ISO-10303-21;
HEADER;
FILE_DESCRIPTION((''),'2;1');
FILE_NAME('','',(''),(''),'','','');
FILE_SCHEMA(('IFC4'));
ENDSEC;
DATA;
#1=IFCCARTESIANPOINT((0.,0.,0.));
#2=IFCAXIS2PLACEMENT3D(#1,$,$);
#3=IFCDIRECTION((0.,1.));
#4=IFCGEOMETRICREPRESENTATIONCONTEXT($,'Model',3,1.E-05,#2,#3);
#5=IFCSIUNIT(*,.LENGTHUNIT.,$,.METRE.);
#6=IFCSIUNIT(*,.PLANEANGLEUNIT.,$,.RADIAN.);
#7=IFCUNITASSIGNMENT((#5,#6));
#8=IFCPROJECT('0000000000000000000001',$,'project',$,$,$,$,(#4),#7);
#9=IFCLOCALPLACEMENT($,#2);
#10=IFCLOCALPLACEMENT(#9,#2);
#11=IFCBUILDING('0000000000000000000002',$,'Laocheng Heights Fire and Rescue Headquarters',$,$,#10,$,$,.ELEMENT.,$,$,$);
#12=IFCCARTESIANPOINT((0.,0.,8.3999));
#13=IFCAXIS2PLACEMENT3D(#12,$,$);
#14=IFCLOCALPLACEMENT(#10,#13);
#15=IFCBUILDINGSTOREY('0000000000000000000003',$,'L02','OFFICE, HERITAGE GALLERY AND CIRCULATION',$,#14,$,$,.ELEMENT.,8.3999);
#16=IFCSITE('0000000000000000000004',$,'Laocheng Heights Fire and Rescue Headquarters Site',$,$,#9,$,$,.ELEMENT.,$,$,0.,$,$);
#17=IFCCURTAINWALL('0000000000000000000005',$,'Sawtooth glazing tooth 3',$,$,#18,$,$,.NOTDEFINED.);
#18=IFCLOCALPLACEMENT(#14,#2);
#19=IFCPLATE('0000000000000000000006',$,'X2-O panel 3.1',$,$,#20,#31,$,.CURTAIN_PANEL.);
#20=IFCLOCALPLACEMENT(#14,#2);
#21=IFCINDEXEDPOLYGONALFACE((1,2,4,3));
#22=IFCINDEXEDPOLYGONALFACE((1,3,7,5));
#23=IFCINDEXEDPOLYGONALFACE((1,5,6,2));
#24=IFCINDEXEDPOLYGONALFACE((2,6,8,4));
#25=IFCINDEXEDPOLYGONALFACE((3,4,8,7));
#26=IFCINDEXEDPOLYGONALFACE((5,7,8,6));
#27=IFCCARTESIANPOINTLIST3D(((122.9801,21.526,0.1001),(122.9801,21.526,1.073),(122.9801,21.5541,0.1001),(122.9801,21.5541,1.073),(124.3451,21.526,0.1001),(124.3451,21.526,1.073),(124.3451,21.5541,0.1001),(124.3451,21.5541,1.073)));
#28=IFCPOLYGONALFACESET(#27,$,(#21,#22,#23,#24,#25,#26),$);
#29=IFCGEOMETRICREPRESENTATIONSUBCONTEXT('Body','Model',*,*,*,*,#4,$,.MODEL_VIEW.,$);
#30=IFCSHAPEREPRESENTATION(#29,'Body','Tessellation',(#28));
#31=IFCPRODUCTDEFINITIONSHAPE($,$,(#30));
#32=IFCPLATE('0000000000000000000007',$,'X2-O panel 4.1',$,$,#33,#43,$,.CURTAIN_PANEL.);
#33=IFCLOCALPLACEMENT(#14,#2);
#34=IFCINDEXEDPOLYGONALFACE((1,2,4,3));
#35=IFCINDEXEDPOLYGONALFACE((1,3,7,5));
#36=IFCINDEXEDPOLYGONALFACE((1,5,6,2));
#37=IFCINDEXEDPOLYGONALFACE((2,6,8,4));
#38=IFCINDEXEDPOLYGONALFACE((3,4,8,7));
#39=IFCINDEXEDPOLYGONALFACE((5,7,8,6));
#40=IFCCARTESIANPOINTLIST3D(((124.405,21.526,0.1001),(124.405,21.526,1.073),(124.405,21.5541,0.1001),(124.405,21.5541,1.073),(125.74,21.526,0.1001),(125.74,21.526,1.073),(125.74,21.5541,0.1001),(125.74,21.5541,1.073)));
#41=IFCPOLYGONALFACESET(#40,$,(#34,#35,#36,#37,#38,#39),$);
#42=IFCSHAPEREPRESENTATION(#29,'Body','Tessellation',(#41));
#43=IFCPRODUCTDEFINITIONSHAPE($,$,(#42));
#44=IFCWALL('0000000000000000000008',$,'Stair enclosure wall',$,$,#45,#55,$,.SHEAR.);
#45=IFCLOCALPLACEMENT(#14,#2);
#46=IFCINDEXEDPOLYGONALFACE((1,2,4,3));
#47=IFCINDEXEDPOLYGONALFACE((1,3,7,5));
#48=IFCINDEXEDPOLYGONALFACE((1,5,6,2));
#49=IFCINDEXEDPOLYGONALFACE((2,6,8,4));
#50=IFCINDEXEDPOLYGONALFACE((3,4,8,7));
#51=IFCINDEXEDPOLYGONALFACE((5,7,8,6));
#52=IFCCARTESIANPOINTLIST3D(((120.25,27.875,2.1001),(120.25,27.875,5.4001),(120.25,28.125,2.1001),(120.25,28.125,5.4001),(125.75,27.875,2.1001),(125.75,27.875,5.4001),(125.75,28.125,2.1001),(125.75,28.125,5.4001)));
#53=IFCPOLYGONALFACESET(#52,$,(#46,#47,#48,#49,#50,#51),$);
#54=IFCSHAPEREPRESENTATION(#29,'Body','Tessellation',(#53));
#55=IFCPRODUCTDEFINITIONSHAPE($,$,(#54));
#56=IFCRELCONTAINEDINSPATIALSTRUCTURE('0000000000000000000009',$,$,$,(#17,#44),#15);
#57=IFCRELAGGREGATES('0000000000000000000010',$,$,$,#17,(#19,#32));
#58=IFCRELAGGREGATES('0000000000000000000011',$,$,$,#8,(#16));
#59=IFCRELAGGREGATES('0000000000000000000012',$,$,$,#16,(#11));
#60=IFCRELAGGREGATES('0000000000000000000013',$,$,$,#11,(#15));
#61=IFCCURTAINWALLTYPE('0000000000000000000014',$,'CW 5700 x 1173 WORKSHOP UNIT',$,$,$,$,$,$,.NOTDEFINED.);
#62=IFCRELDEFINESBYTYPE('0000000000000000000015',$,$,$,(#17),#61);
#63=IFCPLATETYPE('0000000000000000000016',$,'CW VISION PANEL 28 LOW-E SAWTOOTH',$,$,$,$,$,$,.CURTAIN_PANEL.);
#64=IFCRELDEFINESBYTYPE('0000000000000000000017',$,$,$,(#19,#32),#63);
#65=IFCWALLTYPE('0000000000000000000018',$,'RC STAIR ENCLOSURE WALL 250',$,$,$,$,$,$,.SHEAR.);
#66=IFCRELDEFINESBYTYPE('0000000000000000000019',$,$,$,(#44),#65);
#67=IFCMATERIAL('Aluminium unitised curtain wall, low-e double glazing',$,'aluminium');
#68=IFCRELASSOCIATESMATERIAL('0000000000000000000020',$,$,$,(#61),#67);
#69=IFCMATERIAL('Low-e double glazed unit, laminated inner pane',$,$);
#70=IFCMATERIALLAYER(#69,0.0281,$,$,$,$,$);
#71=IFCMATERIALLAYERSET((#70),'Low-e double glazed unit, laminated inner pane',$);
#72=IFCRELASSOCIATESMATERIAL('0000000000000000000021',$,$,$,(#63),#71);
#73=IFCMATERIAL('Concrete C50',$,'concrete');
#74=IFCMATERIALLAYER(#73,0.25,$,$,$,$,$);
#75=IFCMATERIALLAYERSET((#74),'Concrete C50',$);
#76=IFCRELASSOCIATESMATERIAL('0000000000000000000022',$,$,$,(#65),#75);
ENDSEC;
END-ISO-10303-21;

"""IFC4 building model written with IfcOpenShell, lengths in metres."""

from ifc_helpers import new_model, si_unit, direction, frame, frame_2d, origin, origin_2d, place, context, subcontext, project, spatial, rectangle, extrude, material, layer, layer_set, type_object, element, aggregate, save


model = new_model("IFC4")

# Units and contexts
model_context = context("Model", 3, precision=1e-05, world=origin(), true_north=direction((0.0, 1.0)))
body_context = subcontext(model_context, "Body", "Model", "MODEL_VIEW")
ifc_project = project(units=[si_unit("LENGTHUNIT", "METRE"), si_unit("PLANEANGLEUNIT", "RADIAN")], contexts=[model_context])

# Site, building, storey
site_placement = place(None, origin())
site = spatial("IfcSite", under=ifc_project, at=site_placement, Name="Laocheng Heights Fire and Rescue Headquarters Site", CompositionType="ELEMENT", RefElevation=0.0)
building_placement = place(site_placement, origin())
building = spatial("IfcBuilding", under=site, at=building_placement, Name="Laocheng Heights Fire and Rescue Headquarters", CompositionType="ELEMENT")
storey_placement = place(building_placement, frame((0.0, 0.0, 8.3999)))
storey = spatial("IfcBuildingStorey", under=building, at=storey_placement, Name="L02", Description="OFFICE, HERITAGE GALLERY AND CIRCULATION", CompositionType="ELEMENT", Elevation=8.3999)

# Curtain wall
ifc_material_1 = material(Name="Aluminium unitised curtain wall, low-e double glazing", Category="aluminium")
curtain_wall_type_1 = type_object("IfcCurtainWallType", Name="CW 5700 x 1173 WORKSHOP UNIT", PredefinedType="NOTDEFINED", material=ifc_material_1)
curtain_wall_1_placement = place(storey_placement, origin())
curtain_wall_1 = element("IfcCurtainWall", 1, at=curtain_wall_1_placement, inside=storey, type_object=curtain_wall_type_1, Name="Sawtooth glazing tooth 3", PredefinedType="NOTDEFINED")

# Plates
ifc_material_2 = material(Name="Low-e double glazed unit, laminated inner pane")
ifc_layer_1 = layer(ifc_material_2, 0.0281)
ifc_layer_set_1 = layer_set([ifc_layer_1], Name="Low-e double glazed unit, laminated inner pane")
plate_type = type_object("IfcPlateType", Name="CW VISION PANEL 28 LOW-E SAWTOOTH", PredefinedType="CURTAIN_PANEL", material=ifc_layer_set_1)
plate_1_placement = place(storey_placement, frame((123.6626, 21.54, 0.1001), z_axis=(0.0, 0.0, 1.0), x_axis=(1.0, 0.0, 0.0)))
plate_1 = element("IfcPlate", 2, at=plate_1_placement, type_object=plate_type, Name="X2-O panel 3.1", PredefinedType="CURTAIN_PANEL", context=body_context, shape_type="SweptSolid", body=[
    extrude(rectangle(XDim=1.365, YDim=0.0281, at=origin_2d()), origin(), (0.0, 0.0, 1.0), 0.9729),
])
plate_2_placement = place(storey_placement, frame((125.0725, 21.54, 0.1001), z_axis=(0.0, 0.0, 1.0), x_axis=(1.0, 0.0, 0.0)))
plate_2 = element("IfcPlate", 3, at=plate_2_placement, type_object=plate_type, Name="X2-O panel 4.1", PredefinedType="CURTAIN_PANEL", context=body_context, shape_type="SweptSolid", body=[
    extrude(rectangle(XDim=1.335, YDim=0.0281, at=origin_2d()), origin(), (0.0, 0.0, 1.0), 0.9729),
])
aggregate(curtain_wall_1, [plate_1, plate_2])

# Wall
ifc_material_3 = material(Name="Concrete C50", Category="concrete")
ifc_layer_2 = layer(ifc_material_3, 0.25)
ifc_layer_set_2 = layer_set([ifc_layer_2], Name="Concrete C50")
wall_type = type_object("IfcWallType", Name="RC STAIR ENCLOSURE WALL 250", PredefinedType="SHEAR", material=ifc_layer_set_2)
wall_placement = place(storey_placement, frame((120.25, 28.0, 2.1001), z_axis=(0.0, 0.0, 1.0), x_axis=(1.0, 0.0, 0.0)))
element("IfcWall", 4, at=wall_placement, inside=storey, type_object=wall_type, Name="Stair enclosure wall", PredefinedType="SHEAR", context=body_context, shape_type="SweptSolid", body=[
    extrude(rectangle(XDim=5.5, YDim=0.25, at=frame_2d((2.75, 0.0))), origin(), (0.0, 0.0, 1.0), 3.3),
])

save(model, "model.ifc")
